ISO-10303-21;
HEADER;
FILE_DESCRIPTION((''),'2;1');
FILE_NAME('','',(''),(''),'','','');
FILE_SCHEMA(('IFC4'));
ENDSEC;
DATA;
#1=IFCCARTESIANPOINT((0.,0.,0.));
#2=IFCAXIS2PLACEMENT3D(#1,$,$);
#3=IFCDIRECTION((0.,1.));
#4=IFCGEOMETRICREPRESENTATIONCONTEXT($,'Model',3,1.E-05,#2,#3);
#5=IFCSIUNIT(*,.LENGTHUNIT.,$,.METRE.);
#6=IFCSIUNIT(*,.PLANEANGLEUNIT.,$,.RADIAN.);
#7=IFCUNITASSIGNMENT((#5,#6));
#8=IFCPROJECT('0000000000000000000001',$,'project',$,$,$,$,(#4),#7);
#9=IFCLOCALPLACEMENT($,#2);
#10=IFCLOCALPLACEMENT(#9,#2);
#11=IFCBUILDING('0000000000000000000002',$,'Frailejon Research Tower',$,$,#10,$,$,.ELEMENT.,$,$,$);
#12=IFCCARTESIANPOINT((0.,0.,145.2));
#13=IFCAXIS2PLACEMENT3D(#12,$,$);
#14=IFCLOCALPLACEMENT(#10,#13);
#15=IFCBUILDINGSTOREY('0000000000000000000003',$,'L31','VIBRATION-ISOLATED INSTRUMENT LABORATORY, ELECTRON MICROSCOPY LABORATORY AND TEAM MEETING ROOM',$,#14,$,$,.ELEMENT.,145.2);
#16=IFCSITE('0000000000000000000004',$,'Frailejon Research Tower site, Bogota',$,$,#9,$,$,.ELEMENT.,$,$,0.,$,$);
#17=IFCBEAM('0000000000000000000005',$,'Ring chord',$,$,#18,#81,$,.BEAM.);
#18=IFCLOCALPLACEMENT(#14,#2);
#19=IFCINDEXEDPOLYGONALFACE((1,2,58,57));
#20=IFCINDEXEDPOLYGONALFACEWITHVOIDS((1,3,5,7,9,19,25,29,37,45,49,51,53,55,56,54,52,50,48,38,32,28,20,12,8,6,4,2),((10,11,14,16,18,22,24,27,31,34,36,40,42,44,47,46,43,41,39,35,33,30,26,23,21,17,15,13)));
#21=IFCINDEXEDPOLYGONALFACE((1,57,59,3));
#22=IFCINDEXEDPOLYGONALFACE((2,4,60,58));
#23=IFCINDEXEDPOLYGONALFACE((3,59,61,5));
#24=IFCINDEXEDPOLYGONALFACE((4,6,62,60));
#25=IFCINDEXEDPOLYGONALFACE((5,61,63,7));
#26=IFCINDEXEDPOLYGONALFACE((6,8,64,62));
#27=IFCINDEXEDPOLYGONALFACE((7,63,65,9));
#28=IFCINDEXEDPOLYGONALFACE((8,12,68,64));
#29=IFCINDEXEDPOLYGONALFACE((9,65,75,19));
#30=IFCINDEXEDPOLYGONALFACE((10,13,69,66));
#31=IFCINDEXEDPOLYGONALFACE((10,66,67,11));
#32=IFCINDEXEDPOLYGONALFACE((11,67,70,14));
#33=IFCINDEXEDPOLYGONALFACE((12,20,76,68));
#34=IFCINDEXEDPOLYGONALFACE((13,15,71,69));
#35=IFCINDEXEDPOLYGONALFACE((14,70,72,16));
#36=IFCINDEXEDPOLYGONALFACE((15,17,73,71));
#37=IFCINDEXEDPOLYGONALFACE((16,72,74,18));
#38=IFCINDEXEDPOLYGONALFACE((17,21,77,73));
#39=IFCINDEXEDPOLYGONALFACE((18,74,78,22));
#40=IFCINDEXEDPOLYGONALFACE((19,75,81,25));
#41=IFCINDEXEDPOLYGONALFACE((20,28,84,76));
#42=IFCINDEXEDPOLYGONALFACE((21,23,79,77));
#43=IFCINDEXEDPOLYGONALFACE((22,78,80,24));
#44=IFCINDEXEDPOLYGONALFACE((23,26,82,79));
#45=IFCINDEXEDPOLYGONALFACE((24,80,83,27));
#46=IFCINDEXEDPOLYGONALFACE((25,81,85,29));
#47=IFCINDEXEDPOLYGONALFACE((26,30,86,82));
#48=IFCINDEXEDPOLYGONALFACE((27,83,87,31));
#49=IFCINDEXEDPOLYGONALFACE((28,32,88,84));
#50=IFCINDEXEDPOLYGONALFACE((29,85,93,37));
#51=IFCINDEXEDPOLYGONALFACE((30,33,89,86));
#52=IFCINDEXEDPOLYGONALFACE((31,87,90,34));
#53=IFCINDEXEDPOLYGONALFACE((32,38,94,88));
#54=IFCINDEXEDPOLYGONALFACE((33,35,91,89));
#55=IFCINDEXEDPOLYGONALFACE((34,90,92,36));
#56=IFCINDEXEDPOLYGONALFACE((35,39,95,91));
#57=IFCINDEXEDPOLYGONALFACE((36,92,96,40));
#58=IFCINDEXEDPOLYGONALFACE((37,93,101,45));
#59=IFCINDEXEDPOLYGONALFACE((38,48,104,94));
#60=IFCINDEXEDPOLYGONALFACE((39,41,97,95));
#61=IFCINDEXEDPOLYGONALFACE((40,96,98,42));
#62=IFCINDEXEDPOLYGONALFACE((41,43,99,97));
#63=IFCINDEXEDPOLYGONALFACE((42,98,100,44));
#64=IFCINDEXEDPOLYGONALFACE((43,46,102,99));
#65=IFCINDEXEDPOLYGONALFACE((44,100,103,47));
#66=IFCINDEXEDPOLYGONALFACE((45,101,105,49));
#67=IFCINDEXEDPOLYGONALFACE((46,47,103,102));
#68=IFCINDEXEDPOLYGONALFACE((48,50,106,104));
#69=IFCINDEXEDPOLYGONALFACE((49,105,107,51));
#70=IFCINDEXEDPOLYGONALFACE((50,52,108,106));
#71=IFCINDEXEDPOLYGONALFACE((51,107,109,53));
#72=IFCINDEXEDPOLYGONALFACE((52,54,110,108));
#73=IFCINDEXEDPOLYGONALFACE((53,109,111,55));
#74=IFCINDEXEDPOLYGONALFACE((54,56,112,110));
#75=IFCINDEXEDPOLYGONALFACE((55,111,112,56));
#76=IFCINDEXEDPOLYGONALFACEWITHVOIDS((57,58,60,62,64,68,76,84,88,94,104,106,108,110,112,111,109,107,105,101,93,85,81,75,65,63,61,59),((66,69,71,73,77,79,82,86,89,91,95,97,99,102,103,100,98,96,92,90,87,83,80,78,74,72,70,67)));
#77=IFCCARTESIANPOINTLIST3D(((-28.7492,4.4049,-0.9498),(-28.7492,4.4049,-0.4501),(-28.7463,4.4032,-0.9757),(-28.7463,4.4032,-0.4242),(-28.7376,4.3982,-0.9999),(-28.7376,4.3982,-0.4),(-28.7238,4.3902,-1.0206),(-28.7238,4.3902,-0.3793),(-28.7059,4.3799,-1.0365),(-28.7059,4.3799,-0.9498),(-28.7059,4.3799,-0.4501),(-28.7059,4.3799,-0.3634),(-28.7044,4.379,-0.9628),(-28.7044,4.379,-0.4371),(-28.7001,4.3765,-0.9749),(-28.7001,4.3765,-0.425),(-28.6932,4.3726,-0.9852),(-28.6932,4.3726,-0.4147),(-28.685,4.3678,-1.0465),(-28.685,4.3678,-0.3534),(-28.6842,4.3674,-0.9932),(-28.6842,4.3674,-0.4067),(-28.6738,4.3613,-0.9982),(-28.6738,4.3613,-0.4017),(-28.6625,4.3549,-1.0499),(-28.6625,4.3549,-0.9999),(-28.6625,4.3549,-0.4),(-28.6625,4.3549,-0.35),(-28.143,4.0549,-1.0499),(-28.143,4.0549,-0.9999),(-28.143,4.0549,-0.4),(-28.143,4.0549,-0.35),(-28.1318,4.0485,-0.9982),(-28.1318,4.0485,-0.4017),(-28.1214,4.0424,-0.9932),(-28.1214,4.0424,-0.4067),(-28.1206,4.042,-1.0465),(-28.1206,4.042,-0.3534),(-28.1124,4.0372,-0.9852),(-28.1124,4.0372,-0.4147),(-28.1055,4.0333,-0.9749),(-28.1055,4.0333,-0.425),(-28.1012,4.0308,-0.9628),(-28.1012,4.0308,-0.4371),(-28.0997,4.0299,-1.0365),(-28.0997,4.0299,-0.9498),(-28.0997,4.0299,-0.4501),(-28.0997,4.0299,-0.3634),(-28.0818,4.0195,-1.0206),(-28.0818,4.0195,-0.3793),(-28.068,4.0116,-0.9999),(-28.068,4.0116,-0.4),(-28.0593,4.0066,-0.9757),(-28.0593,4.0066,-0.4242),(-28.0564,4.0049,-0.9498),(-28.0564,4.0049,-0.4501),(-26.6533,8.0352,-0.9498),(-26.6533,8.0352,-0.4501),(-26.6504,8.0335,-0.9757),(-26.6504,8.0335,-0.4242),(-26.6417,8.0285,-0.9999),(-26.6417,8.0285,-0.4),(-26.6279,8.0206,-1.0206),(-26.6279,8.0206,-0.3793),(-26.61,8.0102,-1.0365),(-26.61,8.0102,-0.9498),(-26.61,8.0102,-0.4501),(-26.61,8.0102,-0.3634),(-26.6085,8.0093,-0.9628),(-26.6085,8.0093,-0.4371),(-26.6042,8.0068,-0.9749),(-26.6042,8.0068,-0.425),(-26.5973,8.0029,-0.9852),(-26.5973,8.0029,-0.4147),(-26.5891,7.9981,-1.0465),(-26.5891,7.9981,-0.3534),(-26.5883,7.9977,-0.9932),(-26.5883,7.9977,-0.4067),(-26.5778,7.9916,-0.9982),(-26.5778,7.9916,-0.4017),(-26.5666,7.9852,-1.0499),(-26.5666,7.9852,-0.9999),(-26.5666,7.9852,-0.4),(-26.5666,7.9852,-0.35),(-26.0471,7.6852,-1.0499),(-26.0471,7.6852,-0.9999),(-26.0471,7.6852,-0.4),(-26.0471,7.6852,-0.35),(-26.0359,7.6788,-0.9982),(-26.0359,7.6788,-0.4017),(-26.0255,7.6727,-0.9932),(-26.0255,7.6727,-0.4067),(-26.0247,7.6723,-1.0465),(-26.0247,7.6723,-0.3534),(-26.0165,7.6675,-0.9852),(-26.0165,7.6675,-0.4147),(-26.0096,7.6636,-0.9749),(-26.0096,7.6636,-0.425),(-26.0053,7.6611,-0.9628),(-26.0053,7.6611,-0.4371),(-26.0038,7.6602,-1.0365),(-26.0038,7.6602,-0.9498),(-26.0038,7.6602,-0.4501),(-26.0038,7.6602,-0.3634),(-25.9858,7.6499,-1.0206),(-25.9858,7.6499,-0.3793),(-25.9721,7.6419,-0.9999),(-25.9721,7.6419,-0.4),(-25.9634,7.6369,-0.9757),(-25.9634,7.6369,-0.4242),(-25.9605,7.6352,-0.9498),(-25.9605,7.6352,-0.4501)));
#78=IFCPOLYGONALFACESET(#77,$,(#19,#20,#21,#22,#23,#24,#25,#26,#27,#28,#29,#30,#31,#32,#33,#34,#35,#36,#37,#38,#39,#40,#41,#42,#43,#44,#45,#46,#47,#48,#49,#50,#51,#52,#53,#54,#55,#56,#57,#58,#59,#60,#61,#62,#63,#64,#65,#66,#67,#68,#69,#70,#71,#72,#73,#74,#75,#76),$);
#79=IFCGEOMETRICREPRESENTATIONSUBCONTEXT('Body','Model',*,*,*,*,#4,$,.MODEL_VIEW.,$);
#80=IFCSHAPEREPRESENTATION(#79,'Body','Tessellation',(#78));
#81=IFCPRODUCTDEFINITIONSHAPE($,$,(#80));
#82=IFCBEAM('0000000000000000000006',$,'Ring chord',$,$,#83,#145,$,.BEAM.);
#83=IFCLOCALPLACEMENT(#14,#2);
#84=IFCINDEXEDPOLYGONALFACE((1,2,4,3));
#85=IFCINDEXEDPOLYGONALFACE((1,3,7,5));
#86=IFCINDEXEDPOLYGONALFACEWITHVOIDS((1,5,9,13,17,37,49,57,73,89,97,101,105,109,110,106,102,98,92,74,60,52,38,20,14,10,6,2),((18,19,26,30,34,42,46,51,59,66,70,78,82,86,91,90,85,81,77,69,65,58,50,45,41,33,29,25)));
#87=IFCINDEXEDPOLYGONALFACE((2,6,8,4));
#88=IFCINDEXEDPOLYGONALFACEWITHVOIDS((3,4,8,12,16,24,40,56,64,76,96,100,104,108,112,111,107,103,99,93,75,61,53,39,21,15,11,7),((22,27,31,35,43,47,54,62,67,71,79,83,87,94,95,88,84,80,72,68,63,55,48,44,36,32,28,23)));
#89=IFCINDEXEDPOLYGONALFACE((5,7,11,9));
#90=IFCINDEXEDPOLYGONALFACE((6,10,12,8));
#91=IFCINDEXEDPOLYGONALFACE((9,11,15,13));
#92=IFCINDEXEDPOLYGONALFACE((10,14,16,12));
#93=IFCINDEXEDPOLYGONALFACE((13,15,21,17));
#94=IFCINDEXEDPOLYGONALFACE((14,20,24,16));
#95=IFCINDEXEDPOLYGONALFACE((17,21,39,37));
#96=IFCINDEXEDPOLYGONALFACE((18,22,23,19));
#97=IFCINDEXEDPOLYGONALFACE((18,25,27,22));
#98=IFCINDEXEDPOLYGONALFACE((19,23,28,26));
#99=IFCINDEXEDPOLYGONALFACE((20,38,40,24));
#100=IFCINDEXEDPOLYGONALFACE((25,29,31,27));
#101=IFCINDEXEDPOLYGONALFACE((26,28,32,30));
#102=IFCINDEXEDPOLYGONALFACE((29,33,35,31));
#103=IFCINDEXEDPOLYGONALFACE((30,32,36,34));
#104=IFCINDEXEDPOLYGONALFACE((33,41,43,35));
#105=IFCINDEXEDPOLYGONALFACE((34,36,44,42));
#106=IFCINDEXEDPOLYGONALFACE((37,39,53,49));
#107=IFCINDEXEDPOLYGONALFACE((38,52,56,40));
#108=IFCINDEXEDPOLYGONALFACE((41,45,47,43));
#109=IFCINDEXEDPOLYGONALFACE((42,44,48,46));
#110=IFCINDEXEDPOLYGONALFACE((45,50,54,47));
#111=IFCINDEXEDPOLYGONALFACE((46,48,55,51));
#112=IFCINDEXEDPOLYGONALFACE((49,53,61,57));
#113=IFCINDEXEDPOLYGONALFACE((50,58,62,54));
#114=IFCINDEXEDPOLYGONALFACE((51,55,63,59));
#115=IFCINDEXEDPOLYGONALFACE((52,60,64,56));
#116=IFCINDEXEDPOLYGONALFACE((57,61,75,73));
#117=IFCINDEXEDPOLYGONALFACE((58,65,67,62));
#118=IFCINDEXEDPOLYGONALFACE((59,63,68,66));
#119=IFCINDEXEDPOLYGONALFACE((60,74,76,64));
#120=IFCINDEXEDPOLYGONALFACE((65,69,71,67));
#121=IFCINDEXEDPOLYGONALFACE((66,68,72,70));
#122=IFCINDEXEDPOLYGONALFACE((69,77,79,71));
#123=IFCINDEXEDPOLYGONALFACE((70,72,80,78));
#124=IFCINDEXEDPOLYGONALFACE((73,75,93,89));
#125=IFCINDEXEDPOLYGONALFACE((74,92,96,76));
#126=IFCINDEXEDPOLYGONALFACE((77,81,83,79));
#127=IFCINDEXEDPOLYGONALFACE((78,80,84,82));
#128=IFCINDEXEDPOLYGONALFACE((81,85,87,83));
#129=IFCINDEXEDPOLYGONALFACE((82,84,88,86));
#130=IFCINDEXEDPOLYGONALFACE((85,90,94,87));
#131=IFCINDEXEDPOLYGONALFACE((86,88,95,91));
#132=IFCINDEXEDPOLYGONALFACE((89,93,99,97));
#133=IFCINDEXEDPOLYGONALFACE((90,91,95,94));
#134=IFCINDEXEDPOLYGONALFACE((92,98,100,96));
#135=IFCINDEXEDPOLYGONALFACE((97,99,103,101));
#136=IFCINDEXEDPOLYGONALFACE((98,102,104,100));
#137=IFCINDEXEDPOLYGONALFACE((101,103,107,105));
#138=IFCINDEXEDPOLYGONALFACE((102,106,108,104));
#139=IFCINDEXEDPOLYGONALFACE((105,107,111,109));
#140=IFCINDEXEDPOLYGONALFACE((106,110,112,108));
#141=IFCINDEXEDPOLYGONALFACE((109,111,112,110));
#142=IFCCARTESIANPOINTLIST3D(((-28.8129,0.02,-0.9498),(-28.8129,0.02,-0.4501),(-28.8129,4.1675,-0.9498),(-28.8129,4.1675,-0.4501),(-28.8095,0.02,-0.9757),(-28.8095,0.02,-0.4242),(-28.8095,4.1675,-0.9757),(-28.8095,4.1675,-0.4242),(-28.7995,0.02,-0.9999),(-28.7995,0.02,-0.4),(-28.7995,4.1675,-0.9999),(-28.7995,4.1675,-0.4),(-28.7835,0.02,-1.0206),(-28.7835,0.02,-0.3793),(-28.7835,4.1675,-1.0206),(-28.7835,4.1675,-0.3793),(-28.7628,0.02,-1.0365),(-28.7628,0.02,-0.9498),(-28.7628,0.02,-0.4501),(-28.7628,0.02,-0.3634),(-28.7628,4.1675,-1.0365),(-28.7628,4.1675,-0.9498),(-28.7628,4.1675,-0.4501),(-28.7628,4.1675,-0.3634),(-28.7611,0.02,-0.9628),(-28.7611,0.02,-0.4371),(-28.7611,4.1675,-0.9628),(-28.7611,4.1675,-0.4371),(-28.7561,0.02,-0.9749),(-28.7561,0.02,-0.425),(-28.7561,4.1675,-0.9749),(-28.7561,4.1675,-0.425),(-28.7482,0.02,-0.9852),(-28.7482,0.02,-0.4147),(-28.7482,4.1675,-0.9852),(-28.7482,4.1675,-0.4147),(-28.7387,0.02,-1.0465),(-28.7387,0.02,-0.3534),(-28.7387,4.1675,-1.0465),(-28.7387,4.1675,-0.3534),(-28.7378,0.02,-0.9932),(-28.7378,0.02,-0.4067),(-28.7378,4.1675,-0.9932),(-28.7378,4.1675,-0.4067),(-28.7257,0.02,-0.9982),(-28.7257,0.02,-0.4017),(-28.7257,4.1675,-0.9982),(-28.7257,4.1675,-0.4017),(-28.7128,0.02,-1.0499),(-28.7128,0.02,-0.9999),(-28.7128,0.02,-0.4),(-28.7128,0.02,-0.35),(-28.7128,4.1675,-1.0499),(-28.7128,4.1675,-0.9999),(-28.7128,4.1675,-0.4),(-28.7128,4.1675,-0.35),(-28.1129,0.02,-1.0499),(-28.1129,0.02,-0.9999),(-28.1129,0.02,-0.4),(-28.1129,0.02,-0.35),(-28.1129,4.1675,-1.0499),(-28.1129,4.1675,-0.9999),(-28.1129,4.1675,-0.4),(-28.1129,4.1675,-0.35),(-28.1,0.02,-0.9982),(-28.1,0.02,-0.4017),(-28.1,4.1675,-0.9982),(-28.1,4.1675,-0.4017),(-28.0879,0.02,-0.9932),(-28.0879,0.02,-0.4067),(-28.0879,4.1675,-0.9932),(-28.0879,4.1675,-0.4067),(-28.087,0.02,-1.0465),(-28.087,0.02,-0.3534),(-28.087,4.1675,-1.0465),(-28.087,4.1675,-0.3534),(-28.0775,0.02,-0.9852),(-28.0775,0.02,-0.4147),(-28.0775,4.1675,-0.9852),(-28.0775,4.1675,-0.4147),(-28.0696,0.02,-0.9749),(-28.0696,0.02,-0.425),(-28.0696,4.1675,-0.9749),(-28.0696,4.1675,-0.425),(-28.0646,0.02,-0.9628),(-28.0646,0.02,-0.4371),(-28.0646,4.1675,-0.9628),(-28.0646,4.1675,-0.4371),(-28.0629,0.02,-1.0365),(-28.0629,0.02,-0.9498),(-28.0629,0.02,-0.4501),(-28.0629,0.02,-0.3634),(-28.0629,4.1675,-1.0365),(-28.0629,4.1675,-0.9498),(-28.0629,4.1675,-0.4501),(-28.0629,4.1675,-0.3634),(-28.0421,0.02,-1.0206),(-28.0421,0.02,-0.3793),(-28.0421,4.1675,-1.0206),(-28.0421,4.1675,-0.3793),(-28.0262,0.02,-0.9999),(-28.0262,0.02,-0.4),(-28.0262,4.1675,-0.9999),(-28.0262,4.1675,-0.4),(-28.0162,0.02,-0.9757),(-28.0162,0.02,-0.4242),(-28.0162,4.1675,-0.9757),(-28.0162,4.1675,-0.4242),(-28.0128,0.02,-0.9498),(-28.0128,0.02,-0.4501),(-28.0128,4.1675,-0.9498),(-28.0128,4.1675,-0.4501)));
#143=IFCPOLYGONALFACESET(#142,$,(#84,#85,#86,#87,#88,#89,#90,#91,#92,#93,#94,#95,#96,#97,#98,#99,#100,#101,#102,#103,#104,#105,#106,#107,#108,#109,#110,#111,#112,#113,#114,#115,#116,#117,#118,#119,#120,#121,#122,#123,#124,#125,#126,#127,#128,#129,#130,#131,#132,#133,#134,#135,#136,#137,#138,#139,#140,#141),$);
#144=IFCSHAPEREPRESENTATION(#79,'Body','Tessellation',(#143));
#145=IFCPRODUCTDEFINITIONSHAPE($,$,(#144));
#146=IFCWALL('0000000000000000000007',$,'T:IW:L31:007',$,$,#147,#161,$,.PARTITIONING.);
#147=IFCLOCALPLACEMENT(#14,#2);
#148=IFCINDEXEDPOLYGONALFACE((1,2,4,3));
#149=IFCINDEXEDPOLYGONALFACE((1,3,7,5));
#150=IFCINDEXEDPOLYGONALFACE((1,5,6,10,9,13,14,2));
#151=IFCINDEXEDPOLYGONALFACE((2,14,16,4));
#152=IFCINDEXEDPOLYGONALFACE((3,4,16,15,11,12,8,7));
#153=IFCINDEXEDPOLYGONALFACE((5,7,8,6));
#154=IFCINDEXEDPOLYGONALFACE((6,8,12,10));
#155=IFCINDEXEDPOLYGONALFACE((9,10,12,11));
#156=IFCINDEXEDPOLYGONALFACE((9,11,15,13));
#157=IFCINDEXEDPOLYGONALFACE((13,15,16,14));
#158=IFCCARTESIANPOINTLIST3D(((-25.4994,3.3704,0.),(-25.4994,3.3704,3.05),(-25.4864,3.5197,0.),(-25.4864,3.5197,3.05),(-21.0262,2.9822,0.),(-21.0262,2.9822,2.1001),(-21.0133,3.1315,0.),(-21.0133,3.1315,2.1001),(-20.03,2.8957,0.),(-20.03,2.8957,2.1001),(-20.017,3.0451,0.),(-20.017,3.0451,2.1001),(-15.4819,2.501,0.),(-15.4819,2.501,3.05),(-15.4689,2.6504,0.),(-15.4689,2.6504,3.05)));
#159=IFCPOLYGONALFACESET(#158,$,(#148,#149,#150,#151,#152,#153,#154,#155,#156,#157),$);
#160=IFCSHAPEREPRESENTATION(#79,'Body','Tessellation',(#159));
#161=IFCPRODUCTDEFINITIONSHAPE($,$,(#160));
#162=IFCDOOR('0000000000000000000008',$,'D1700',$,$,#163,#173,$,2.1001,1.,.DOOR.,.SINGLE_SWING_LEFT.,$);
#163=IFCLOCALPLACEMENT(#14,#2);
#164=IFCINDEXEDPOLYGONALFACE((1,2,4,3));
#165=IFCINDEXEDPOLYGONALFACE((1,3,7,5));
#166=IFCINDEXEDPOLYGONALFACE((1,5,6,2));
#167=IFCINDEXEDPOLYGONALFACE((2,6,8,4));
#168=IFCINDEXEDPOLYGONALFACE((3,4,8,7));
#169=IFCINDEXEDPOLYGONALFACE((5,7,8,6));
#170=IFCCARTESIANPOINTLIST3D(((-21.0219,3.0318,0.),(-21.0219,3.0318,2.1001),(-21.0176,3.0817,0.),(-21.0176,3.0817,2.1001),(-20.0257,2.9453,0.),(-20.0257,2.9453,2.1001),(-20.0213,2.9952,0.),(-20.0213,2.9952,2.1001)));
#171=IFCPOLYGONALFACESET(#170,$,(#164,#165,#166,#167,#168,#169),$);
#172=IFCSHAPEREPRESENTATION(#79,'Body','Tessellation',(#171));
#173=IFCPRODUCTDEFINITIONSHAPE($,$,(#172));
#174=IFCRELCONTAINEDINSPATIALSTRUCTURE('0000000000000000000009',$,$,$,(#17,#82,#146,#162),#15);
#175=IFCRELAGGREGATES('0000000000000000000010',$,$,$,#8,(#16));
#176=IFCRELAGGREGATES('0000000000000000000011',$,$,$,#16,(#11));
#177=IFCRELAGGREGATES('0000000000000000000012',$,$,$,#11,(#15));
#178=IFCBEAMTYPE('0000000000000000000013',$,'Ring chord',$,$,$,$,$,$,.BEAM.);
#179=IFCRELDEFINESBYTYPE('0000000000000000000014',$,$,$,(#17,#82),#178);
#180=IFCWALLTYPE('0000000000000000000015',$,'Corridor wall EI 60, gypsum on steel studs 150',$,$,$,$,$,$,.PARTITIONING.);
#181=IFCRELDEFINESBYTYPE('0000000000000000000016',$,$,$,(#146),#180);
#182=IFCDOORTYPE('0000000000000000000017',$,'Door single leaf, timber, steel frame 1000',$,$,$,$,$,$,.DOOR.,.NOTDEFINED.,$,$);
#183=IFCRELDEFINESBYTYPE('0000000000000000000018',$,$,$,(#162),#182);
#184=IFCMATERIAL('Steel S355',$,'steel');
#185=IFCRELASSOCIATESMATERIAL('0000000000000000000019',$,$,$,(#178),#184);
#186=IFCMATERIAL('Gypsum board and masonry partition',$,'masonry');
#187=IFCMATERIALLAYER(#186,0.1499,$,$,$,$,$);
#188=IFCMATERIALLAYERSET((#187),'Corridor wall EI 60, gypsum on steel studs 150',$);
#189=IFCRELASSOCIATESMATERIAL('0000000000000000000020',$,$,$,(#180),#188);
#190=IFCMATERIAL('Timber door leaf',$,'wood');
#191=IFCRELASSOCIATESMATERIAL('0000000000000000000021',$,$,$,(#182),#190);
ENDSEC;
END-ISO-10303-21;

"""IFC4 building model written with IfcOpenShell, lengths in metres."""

from ifc_helpers import new_model, si_unit, direction, frame, frame_2d, origin, origin_2d, place, context, subcontext, project, spatial, rectangle, hollow_rectangle, extrude, material, layer, layer_set, material_profile, profile_set, type_object, element, fill, save


model = new_model("IFC4")

# Units and contexts
model_context = context("Model", 3, precision=1e-05, world=origin(), true_north=direction((0.0, 1.0)))
body_context = subcontext(model_context, "Body", "Model", "MODEL_VIEW")
ifc_project = project(units=[si_unit("LENGTHUNIT", "METRE"), si_unit("PLANEANGLEUNIT", "RADIAN")], contexts=[model_context])

# Site, building, storey
site_placement = place(None, origin())
site = spatial("IfcSite", under=ifc_project, at=site_placement, Name="Frailejon Research Tower site, Bogota", CompositionType="ELEMENT", RefElevation=0.0)
building_placement = place(site_placement, origin())
building = spatial("IfcBuilding", under=site, at=building_placement, Name="Frailejon Research Tower", CompositionType="ELEMENT")
storey_placement = place(building_placement, frame((0.0, 0.0, 145.2)))
storey = spatial("IfcBuildingStorey", under=building, at=storey_placement, Name="L31", Description="VIBRATION-ISOLATED INSTRUMENT LABORATORY, ELECTRON MICROSCOPY LABORATORY AND TEAM MEETING ROOM", CompositionType="ELEMENT", Elevation=145.2)

# Beams
ifc_material_1 = material(Name="Steel S355", Category="steel")
ifc_material_profile_1 = material_profile(ifc_material_1, hollow_rectangle(XDim=0.8, YDim=0.7, WallThickness=0.05, InnerFilletRadius=0.05, OuterFilletRadius=0.1001, at=origin_2d()), Name="Ring chord")
ifc_profile_set_1 = profile_set([ifc_material_profile_1], Name="Steel S355")
beam_type_1 = type_object("IfcBeamType", Name="Ring chord", PredefinedType="BEAM", material=ifc_profile_set_1)
for number, where, z_axis, x_axis, name in (
    (1, (-26.3069, 7.8352, -0.7), (-0.499991, -0.86603, 0.0), (0.86603, -0.499991, 0.0), "Ring chord"),
):
    element("IfcBeam", number, at=place(storey_placement, frame(where, z_axis=z_axis, x_axis=x_axis)), inside=storey, type_object=beam_type_1, Name=name, PredefinedType="BEAM", context=body_context, shape_type="SweptSolid", body=[
        extrude(hollow_rectangle(XDim=0.8, YDim=0.7, WallThickness=0.05, InnerFilletRadius=0.05, OuterFilletRadius=0.1001, at=origin_2d()), origin(), (0.0, 0.0, 1.0), 4.1919),
    ])
beam_1_placement = place(storey_placement, frame((-28.4128, 4.1675, -0.7), z_axis=(0.0, -1.0, 0.0), x_axis=(1.0, 0.0, 0.0)))
element("IfcBeam", 2, at=beam_1_placement, inside=storey, type_object=beam_type_1, Name="Ring chord", PredefinedType="BEAM", context=body_context, shape_type="SweptSolid", body=[
    extrude(hollow_rectangle(XDim=0.8, YDim=0.7, WallThickness=0.05, InnerFilletRadius=0.05, OuterFilletRadius=0.1001, at=origin_2d()), origin(), (0.0, 0.0, 1.0), 4.1475),
])

# Wall, opening, door
ifc_material_2 = material(Name="Gypsum board and masonry partition", Category="masonry")
ifc_layer_1 = layer(ifc_material_2, 0.1499)
ifc_layer_set_1 = layer_set([ifc_layer_1], Name="Corridor wall EI 60, gypsum on steel studs 150")
wall_type_1 = type_object("IfcWallType", Name="Corridor wall EI 60, gypsum on steel studs 150", PredefinedType="PARTITIONING", material=ifc_layer_set_1)
wall_1_placement = place(storey_placement, frame((-25.4929, 3.4451, 0.0), z_axis=(0.0, 0.0, 1.0), x_axis=(0.996255, -0.086461, 0.0)))
wall_1 = element("IfcWall", 3, at=wall_1_placement, inside=storey, type_object=wall_type_1, Name="T:IW:L31:007", PredefinedType="PARTITIONING", context=body_context, shape_type="SweptSolid", body=[
    extrude(rectangle(XDim=10.0552, YDim=0.1499, at=frame_2d((5.0276, 0.0))), origin(), (0.0, 0.0, 1.0), 3.05),
])
opening_1_placement = place(wall_1_placement, frame((4.49, 0.0, 0.0)))
opening_1 = element("IfcOpeningElement", 4, at=opening_1_placement, cuts=wall_1, PredefinedType="OPENING", context=body_context, shape_type="SweptSolid", body=[
    extrude(rectangle(XDim=1.0, YDim=2.1001, at=frame_2d((0.5, 1.05))), frame((0.0, 0.085, 0.0), z_axis=(0.0, -1.0, 0.0), x_axis=(1.0, 0.0, 0.0)), (0.0, 0.0, 1.0), 0.1699),
])
ifc_material_3 = material(Name="Timber door leaf", Category="wood")
door_type = type_object("IfcDoorType", Name="Door single leaf, timber, steel frame 1000", OperationType="NOTDEFINED", PredefinedType="DOOR", material=ifc_material_3)
door_1_placement = place(opening_1_placement, origin())
door_1 = element("IfcDoor", 5, at=door_1_placement, inside=storey, type_object=door_type, Name="D1700", OperationType="SINGLE_SWING_LEFT", OverallHeight=2.1001, OverallWidth=1.0, PredefinedType="DOOR", context=body_context, shape_type="SweptSolid", body=[
    extrude(rectangle(XDim=1.0, YDim=2.1001, at=frame_2d((0.5, 1.05))), frame((0.0, 0.0249, 0.0), z_axis=(0.0, -1.0, 0.0), x_axis=(1.0, 0.0, 0.0)), (0.0, 0.0, 1.0), 0.05),
])
fill(opening_1, door_1)

save(model, "model.ifc")
